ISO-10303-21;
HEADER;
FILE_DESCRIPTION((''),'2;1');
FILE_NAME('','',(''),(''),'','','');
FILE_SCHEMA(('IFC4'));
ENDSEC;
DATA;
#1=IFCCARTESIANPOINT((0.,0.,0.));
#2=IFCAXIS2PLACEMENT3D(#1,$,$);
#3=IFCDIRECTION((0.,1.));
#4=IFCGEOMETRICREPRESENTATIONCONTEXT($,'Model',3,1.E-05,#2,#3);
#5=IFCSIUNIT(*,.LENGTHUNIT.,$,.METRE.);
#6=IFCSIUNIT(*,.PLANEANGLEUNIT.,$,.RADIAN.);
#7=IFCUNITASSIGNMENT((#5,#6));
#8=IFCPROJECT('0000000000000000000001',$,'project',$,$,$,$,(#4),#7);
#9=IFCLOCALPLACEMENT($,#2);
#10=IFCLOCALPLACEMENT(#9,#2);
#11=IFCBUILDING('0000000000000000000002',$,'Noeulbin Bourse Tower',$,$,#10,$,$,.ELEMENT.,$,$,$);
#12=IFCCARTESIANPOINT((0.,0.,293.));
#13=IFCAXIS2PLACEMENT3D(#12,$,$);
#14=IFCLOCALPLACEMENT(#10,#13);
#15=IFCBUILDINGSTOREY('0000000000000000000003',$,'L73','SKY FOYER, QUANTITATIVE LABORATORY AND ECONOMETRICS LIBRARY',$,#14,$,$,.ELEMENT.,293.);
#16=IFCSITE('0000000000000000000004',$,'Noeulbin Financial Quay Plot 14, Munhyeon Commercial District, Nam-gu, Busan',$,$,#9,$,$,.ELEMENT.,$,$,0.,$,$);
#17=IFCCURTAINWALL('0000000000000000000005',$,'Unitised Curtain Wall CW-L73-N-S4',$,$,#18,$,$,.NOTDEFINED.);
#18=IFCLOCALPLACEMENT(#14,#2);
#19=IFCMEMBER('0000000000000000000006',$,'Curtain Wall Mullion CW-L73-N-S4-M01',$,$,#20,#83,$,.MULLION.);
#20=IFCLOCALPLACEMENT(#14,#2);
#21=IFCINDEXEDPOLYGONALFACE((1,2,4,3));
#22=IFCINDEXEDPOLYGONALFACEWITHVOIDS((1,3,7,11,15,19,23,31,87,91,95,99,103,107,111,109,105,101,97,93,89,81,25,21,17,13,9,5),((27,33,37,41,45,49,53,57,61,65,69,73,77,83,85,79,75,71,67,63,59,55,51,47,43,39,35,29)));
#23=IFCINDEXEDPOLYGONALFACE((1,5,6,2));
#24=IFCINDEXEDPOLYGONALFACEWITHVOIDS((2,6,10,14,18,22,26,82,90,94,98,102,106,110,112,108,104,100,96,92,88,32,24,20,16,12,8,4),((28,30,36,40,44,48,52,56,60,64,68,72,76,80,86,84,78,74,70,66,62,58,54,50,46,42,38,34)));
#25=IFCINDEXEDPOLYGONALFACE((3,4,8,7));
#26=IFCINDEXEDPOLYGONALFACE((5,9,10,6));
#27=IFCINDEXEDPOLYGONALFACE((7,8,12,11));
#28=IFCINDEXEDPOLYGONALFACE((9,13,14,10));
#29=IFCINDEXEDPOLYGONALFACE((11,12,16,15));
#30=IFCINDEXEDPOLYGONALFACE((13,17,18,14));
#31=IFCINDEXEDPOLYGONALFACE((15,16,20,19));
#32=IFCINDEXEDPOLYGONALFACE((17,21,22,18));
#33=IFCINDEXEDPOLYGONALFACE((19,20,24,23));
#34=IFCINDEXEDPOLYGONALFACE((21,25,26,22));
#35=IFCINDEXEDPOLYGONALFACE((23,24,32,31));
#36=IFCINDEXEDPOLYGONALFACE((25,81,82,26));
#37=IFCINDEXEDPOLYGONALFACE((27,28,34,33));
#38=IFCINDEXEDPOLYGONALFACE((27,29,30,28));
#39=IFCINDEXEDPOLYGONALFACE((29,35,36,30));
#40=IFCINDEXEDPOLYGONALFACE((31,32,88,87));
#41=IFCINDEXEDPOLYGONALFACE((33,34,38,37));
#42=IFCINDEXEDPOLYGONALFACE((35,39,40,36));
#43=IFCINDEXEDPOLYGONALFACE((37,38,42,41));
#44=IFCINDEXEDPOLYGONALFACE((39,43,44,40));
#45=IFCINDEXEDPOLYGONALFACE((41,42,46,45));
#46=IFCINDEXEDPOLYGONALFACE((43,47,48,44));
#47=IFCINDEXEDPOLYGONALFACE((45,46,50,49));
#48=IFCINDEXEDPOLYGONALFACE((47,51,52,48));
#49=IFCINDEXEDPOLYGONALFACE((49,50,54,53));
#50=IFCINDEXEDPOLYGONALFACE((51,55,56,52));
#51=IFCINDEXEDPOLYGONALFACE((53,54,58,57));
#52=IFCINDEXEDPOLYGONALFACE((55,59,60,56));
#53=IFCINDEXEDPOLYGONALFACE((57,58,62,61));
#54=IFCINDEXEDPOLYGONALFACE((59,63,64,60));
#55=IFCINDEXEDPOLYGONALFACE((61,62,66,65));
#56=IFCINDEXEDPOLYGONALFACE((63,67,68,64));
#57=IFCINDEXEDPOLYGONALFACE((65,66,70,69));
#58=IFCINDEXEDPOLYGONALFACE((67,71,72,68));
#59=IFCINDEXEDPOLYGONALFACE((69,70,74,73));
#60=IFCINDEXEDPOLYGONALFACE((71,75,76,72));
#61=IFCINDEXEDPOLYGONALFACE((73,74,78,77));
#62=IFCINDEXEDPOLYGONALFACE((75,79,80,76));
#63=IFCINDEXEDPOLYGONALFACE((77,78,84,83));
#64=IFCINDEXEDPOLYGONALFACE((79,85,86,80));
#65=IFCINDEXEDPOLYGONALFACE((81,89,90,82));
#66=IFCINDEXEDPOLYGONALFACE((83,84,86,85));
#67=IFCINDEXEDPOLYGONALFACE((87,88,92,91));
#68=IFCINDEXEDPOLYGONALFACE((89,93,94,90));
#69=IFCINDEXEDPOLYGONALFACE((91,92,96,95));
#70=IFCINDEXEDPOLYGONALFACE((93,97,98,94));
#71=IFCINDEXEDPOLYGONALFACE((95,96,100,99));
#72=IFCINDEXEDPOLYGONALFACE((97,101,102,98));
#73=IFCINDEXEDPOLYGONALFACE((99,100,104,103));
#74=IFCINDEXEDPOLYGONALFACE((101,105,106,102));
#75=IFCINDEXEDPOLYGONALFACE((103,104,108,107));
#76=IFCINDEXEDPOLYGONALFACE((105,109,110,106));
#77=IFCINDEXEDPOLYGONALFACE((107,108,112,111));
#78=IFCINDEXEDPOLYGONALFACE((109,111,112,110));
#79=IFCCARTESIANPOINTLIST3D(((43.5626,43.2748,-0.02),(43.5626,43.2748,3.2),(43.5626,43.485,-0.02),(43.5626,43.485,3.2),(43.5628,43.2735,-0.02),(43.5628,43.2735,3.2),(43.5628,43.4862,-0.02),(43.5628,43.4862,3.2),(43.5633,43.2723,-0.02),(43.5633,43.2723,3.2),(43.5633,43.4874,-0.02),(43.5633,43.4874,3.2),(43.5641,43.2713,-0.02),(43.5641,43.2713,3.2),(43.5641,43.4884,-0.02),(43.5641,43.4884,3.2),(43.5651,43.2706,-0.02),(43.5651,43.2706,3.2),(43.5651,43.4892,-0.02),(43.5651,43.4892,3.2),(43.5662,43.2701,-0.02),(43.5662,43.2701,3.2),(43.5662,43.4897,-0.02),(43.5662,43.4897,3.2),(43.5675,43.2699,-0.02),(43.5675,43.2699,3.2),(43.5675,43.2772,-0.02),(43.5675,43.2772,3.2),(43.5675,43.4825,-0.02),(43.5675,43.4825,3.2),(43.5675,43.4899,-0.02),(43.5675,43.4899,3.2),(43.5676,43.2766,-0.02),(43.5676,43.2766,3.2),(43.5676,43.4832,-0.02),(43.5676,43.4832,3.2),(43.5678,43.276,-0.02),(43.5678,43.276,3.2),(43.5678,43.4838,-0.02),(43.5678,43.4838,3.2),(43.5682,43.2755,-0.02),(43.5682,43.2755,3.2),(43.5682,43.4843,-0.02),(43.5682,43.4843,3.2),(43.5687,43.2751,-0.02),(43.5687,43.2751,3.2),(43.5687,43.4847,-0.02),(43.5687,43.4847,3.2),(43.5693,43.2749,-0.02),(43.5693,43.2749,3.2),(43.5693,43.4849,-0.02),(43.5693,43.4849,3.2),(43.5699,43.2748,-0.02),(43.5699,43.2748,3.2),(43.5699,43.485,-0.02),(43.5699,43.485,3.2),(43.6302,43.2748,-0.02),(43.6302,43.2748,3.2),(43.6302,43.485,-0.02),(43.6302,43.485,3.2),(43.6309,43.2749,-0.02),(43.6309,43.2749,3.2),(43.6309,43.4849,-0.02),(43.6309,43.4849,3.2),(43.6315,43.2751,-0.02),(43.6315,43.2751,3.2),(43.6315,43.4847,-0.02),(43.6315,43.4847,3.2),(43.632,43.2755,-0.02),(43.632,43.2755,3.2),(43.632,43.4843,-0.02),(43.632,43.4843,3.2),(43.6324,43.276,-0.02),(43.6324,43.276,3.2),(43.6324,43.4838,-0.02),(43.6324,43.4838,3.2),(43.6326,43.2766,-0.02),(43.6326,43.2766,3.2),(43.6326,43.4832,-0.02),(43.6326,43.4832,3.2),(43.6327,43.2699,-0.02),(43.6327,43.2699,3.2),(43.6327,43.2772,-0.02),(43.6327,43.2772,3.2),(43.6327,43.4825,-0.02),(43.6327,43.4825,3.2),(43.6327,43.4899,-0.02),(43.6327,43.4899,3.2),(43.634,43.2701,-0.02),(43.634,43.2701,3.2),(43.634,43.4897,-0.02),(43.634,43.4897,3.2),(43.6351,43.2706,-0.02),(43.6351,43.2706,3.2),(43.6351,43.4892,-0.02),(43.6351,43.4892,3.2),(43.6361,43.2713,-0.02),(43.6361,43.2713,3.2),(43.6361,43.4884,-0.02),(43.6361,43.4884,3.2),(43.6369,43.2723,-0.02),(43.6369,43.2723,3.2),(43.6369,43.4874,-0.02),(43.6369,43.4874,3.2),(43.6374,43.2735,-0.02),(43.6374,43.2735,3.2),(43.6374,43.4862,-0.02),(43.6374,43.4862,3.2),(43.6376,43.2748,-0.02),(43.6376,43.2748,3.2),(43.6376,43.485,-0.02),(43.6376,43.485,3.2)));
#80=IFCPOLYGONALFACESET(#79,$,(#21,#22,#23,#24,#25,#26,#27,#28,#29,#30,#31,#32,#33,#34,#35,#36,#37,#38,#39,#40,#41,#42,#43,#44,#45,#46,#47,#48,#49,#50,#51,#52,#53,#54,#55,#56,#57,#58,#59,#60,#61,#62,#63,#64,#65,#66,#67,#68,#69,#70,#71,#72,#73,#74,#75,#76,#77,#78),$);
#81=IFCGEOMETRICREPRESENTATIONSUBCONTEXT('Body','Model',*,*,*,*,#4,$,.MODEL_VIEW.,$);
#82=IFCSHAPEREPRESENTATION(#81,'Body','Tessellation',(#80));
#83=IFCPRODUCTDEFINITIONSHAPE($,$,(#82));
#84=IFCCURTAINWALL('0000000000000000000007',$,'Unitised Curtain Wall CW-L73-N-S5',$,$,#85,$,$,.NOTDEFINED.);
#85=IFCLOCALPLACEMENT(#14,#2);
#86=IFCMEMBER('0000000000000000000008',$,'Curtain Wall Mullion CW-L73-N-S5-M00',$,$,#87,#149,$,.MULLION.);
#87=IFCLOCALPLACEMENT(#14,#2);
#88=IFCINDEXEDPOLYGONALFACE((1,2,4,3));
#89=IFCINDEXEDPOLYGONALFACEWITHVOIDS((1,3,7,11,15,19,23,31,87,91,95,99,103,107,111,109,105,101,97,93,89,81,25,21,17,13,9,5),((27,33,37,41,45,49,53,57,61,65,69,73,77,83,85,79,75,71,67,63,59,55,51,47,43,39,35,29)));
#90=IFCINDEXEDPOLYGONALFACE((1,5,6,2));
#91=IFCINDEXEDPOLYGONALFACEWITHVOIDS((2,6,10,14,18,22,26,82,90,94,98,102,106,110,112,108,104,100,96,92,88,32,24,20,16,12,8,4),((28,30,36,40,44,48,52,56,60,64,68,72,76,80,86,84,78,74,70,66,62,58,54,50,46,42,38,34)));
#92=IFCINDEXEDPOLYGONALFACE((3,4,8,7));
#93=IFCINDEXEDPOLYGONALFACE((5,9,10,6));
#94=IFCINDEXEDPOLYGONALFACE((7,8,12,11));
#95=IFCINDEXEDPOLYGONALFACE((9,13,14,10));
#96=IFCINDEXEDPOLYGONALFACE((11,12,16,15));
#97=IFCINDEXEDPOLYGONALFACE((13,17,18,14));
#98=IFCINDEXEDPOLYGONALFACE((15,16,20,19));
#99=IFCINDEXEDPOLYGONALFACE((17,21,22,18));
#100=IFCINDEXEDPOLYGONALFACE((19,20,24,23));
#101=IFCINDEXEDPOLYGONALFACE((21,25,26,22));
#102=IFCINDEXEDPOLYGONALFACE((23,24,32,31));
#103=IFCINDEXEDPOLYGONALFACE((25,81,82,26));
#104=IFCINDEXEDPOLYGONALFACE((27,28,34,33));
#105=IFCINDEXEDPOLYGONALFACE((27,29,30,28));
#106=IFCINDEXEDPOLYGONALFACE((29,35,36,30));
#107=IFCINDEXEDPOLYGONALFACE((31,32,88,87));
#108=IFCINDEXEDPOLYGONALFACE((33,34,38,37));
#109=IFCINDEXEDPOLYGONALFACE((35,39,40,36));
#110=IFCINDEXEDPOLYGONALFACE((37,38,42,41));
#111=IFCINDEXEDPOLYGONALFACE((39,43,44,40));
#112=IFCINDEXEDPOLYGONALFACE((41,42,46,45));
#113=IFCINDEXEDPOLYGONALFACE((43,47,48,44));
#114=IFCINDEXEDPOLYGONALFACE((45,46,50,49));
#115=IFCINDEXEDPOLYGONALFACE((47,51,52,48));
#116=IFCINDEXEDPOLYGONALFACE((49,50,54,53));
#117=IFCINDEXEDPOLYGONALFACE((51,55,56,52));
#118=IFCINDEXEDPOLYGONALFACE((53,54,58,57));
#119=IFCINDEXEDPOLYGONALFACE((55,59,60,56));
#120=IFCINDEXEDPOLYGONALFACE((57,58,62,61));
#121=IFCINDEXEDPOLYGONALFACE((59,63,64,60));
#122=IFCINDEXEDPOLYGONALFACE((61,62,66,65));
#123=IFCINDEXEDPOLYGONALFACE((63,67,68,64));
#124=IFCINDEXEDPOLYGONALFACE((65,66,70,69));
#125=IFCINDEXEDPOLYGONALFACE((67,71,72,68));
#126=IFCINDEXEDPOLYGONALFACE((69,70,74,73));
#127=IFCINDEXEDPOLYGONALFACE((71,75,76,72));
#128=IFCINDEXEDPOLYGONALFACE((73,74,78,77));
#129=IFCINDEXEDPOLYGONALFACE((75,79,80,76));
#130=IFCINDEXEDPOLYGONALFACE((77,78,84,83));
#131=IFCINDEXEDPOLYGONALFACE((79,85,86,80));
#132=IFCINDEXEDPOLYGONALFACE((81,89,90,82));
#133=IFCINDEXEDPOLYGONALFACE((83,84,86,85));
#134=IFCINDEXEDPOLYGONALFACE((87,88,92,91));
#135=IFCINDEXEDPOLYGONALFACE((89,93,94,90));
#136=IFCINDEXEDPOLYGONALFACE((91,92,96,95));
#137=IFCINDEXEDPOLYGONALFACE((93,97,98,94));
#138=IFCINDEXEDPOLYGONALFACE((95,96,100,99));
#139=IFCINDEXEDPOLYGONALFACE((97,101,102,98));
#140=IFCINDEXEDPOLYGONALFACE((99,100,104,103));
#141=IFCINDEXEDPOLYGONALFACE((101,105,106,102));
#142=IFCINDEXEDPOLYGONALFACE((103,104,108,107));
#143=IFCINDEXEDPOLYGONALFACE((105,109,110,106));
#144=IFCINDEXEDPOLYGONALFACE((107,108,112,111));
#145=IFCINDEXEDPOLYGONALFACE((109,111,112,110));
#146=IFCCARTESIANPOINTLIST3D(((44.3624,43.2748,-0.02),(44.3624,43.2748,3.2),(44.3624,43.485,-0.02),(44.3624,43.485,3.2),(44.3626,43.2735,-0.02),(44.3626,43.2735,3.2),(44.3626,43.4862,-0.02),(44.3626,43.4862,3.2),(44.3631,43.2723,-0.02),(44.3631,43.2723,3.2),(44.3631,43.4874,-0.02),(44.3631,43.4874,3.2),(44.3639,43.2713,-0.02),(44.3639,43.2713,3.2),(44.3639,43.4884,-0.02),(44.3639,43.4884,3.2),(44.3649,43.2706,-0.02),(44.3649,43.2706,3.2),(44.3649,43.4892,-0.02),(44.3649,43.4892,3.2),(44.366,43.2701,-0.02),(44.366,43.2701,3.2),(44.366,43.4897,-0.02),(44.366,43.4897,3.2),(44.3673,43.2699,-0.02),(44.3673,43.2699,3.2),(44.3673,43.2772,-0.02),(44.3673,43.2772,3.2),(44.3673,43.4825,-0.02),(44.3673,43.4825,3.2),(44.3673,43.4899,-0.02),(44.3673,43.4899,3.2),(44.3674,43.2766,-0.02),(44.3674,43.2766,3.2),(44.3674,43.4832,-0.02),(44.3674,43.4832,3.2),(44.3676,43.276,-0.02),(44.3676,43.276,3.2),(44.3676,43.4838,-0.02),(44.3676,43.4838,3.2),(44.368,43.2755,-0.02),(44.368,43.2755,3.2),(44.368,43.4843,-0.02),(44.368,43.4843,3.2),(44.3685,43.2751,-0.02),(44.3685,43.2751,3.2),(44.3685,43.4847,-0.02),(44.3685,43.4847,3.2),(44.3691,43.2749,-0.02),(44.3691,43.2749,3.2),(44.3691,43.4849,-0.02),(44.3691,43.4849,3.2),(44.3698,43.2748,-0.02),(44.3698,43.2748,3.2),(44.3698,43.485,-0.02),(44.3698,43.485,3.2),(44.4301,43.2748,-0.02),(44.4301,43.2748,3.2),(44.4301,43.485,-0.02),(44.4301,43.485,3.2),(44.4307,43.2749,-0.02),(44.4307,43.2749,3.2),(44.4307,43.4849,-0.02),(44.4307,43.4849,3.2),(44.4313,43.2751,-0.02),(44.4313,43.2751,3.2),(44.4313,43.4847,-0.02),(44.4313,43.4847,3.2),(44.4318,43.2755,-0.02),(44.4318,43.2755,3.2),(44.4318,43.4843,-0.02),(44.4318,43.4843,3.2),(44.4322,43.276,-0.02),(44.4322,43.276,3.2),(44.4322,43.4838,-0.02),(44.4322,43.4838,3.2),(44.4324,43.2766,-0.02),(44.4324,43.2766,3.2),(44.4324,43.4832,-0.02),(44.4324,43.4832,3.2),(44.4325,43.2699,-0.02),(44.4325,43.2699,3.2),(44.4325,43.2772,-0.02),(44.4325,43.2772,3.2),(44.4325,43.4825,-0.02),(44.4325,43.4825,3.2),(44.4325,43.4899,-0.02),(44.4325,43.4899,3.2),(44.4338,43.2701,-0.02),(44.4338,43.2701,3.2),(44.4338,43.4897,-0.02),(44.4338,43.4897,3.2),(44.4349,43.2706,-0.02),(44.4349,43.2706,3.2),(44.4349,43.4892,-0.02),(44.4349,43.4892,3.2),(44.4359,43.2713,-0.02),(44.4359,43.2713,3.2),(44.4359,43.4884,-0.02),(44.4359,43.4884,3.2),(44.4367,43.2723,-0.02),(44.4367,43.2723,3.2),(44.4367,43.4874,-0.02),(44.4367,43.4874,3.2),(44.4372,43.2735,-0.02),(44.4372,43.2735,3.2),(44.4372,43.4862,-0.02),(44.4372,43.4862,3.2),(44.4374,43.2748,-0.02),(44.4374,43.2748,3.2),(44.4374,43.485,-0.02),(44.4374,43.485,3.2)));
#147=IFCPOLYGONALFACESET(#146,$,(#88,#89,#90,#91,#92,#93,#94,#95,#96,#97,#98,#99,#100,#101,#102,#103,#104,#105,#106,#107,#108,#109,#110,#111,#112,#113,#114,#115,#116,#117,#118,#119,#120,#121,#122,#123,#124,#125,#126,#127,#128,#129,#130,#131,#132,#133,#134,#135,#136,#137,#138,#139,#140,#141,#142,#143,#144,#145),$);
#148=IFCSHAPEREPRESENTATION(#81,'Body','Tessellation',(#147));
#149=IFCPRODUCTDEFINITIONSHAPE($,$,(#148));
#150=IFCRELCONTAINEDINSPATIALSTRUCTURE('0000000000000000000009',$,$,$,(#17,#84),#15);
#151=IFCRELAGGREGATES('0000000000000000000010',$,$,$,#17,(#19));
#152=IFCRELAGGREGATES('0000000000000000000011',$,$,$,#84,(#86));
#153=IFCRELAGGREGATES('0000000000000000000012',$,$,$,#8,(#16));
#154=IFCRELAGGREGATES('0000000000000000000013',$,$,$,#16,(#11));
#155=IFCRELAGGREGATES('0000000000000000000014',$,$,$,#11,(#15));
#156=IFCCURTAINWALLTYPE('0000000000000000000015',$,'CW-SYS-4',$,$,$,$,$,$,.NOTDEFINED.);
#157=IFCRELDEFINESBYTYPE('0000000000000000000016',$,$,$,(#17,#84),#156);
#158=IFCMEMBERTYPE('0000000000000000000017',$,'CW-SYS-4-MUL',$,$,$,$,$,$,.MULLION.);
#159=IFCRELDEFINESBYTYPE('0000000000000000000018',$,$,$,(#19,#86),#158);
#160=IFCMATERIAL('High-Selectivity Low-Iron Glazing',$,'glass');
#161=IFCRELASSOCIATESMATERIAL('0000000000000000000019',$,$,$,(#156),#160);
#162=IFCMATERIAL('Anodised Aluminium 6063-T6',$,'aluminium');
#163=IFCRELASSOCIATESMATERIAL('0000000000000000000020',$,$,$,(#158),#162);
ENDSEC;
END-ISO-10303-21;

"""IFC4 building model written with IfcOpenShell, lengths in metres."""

from ifc_helpers import new_model, si_unit, direction, frame, origin, origin_2d, place, context, subcontext, project, spatial, hollow_rectangle, extrude, material, material_profile, profile_set, type_object, element, aggregate, save


model = new_model("IFC4")

# Units and contexts
model_context = context("Model", 3, precision=1e-05, world=origin(), true_north=direction((0.0, 1.0)))
body_context = subcontext(model_context, "Body", "Model", "MODEL_VIEW")
ifc_project = project(units=[si_unit("LENGTHUNIT", "METRE"), si_unit("PLANEANGLEUNIT", "RADIAN")], contexts=[model_context])

# Site, building, storey
site_placement = place(None, origin())
site = spatial("IfcSite", under=ifc_project, at=site_placement, Name="Noeulbin Financial Quay Plot 14, Munhyeon Commercial District, Nam-gu, Busan", CompositionType="ELEMENT", RefElevation=0.0)
building_placement = place(site_placement, origin())
building = spatial("IfcBuilding", under=site, at=building_placement, Name="Noeulbin Bourse Tower", CompositionType="ELEMENT")
storey_placement = place(building_placement, frame((0.0, 0.0, 293.0)))
storey = spatial("IfcBuildingStorey", under=building, at=storey_placement, Name="L73", Description="SKY FOYER, QUANTITATIVE LABORATORY AND ECONOMETRICS LIBRARY", CompositionType="ELEMENT", Elevation=293.0)

# Curtain wall, member
ifc_material_1 = material(Name="High-Selectivity Low-Iron Glazing", Category="glass")
curtain_wall_type = type_object("IfcCurtainWallType", Name="CW-SYS-4", PredefinedType="NOTDEFINED", material=ifc_material_1)
curtain_wall_1_placement = place(storey_placement, origin())
curtain_wall_1 = element("IfcCurtainWall", 1, at=curtain_wall_1_placement, inside=storey, type_object=curtain_wall_type, Name="Unitised Curtain Wall CW-L73-N-S4", PredefinedType="NOTDEFINED")
ifc_material_2 = material(Name="Anodised Aluminium 6063-T6", Category="aluminium")
ifc_material_profile_1 = material_profile(ifc_material_2, hollow_rectangle(XDim=0.075, YDim=0.22, WallThickness=0.0049, InnerFilletRadius=0.0024, OuterFilletRadius=0.0049, at=origin_2d()), Name="ALU-MULL-75x220x5", Category="LoadBearing")
ifc_profile_set_1 = profile_set([ifc_material_profile_1], Name="Anodised Aluminium 6063-T6")
member_type_1 = type_object("IfcMemberType", Name="CW-SYS-4-MUL", PredefinedType="MULLION", material=ifc_profile_set_1)
member_1_placement = place(storey_placement, frame((43.6001, 43.3799, -0.02), z_axis=(0.0, 0.0, 1.0), x_axis=(1.0, 0.0, 0.0)))
member_1 = element("IfcMember", 2, at=member_1_placement, type_object=member_type_1, Name="Curtain Wall Mullion CW-L73-N-S4-M01", PredefinedType="MULLION", context=body_context, shape_type="SweptSolid", body=[
    extrude(hollow_rectangle(XDim=0.075, YDim=0.22, WallThickness=0.0049, InnerFilletRadius=0.0024, OuterFilletRadius=0.0049, at=origin_2d()), origin(), (0.0, 0.0, 1.0), 3.22),
])
aggregate(curtain_wall_1, [member_1])

# Curtain wall, member
curtain_wall_2_placement = place(storey_placement, origin())
curtain_wall_2 = element("IfcCurtainWall", 3, at=curtain_wall_2_placement, inside=storey, type_object=curtain_wall_type, Name="Unitised Curtain Wall CW-L73-N-S5", PredefinedType="NOTDEFINED")
member_2_placement = place(storey_placement, frame((44.3999, 43.3799, -0.02), z_axis=(0.0, 0.0, 1.0), x_axis=(1.0, 0.0, 0.0)))
member_2 = element("IfcMember", 4, at=member_2_placement, type_object=member_type_1, Name="Curtain Wall Mullion CW-L73-N-S5-M00", PredefinedType="MULLION", context=body_context, shape_type="SweptSolid", body=[
    extrude(hollow_rectangle(XDim=0.075, YDim=0.22, WallThickness=0.0049, InnerFilletRadius=0.0024, OuterFilletRadius=0.0049, at=origin_2d()), origin(), (0.0, 0.0, 1.0), 3.22),
])

aggregate(curtain_wall_2, [member_2])

save(model, "model.ifc")
